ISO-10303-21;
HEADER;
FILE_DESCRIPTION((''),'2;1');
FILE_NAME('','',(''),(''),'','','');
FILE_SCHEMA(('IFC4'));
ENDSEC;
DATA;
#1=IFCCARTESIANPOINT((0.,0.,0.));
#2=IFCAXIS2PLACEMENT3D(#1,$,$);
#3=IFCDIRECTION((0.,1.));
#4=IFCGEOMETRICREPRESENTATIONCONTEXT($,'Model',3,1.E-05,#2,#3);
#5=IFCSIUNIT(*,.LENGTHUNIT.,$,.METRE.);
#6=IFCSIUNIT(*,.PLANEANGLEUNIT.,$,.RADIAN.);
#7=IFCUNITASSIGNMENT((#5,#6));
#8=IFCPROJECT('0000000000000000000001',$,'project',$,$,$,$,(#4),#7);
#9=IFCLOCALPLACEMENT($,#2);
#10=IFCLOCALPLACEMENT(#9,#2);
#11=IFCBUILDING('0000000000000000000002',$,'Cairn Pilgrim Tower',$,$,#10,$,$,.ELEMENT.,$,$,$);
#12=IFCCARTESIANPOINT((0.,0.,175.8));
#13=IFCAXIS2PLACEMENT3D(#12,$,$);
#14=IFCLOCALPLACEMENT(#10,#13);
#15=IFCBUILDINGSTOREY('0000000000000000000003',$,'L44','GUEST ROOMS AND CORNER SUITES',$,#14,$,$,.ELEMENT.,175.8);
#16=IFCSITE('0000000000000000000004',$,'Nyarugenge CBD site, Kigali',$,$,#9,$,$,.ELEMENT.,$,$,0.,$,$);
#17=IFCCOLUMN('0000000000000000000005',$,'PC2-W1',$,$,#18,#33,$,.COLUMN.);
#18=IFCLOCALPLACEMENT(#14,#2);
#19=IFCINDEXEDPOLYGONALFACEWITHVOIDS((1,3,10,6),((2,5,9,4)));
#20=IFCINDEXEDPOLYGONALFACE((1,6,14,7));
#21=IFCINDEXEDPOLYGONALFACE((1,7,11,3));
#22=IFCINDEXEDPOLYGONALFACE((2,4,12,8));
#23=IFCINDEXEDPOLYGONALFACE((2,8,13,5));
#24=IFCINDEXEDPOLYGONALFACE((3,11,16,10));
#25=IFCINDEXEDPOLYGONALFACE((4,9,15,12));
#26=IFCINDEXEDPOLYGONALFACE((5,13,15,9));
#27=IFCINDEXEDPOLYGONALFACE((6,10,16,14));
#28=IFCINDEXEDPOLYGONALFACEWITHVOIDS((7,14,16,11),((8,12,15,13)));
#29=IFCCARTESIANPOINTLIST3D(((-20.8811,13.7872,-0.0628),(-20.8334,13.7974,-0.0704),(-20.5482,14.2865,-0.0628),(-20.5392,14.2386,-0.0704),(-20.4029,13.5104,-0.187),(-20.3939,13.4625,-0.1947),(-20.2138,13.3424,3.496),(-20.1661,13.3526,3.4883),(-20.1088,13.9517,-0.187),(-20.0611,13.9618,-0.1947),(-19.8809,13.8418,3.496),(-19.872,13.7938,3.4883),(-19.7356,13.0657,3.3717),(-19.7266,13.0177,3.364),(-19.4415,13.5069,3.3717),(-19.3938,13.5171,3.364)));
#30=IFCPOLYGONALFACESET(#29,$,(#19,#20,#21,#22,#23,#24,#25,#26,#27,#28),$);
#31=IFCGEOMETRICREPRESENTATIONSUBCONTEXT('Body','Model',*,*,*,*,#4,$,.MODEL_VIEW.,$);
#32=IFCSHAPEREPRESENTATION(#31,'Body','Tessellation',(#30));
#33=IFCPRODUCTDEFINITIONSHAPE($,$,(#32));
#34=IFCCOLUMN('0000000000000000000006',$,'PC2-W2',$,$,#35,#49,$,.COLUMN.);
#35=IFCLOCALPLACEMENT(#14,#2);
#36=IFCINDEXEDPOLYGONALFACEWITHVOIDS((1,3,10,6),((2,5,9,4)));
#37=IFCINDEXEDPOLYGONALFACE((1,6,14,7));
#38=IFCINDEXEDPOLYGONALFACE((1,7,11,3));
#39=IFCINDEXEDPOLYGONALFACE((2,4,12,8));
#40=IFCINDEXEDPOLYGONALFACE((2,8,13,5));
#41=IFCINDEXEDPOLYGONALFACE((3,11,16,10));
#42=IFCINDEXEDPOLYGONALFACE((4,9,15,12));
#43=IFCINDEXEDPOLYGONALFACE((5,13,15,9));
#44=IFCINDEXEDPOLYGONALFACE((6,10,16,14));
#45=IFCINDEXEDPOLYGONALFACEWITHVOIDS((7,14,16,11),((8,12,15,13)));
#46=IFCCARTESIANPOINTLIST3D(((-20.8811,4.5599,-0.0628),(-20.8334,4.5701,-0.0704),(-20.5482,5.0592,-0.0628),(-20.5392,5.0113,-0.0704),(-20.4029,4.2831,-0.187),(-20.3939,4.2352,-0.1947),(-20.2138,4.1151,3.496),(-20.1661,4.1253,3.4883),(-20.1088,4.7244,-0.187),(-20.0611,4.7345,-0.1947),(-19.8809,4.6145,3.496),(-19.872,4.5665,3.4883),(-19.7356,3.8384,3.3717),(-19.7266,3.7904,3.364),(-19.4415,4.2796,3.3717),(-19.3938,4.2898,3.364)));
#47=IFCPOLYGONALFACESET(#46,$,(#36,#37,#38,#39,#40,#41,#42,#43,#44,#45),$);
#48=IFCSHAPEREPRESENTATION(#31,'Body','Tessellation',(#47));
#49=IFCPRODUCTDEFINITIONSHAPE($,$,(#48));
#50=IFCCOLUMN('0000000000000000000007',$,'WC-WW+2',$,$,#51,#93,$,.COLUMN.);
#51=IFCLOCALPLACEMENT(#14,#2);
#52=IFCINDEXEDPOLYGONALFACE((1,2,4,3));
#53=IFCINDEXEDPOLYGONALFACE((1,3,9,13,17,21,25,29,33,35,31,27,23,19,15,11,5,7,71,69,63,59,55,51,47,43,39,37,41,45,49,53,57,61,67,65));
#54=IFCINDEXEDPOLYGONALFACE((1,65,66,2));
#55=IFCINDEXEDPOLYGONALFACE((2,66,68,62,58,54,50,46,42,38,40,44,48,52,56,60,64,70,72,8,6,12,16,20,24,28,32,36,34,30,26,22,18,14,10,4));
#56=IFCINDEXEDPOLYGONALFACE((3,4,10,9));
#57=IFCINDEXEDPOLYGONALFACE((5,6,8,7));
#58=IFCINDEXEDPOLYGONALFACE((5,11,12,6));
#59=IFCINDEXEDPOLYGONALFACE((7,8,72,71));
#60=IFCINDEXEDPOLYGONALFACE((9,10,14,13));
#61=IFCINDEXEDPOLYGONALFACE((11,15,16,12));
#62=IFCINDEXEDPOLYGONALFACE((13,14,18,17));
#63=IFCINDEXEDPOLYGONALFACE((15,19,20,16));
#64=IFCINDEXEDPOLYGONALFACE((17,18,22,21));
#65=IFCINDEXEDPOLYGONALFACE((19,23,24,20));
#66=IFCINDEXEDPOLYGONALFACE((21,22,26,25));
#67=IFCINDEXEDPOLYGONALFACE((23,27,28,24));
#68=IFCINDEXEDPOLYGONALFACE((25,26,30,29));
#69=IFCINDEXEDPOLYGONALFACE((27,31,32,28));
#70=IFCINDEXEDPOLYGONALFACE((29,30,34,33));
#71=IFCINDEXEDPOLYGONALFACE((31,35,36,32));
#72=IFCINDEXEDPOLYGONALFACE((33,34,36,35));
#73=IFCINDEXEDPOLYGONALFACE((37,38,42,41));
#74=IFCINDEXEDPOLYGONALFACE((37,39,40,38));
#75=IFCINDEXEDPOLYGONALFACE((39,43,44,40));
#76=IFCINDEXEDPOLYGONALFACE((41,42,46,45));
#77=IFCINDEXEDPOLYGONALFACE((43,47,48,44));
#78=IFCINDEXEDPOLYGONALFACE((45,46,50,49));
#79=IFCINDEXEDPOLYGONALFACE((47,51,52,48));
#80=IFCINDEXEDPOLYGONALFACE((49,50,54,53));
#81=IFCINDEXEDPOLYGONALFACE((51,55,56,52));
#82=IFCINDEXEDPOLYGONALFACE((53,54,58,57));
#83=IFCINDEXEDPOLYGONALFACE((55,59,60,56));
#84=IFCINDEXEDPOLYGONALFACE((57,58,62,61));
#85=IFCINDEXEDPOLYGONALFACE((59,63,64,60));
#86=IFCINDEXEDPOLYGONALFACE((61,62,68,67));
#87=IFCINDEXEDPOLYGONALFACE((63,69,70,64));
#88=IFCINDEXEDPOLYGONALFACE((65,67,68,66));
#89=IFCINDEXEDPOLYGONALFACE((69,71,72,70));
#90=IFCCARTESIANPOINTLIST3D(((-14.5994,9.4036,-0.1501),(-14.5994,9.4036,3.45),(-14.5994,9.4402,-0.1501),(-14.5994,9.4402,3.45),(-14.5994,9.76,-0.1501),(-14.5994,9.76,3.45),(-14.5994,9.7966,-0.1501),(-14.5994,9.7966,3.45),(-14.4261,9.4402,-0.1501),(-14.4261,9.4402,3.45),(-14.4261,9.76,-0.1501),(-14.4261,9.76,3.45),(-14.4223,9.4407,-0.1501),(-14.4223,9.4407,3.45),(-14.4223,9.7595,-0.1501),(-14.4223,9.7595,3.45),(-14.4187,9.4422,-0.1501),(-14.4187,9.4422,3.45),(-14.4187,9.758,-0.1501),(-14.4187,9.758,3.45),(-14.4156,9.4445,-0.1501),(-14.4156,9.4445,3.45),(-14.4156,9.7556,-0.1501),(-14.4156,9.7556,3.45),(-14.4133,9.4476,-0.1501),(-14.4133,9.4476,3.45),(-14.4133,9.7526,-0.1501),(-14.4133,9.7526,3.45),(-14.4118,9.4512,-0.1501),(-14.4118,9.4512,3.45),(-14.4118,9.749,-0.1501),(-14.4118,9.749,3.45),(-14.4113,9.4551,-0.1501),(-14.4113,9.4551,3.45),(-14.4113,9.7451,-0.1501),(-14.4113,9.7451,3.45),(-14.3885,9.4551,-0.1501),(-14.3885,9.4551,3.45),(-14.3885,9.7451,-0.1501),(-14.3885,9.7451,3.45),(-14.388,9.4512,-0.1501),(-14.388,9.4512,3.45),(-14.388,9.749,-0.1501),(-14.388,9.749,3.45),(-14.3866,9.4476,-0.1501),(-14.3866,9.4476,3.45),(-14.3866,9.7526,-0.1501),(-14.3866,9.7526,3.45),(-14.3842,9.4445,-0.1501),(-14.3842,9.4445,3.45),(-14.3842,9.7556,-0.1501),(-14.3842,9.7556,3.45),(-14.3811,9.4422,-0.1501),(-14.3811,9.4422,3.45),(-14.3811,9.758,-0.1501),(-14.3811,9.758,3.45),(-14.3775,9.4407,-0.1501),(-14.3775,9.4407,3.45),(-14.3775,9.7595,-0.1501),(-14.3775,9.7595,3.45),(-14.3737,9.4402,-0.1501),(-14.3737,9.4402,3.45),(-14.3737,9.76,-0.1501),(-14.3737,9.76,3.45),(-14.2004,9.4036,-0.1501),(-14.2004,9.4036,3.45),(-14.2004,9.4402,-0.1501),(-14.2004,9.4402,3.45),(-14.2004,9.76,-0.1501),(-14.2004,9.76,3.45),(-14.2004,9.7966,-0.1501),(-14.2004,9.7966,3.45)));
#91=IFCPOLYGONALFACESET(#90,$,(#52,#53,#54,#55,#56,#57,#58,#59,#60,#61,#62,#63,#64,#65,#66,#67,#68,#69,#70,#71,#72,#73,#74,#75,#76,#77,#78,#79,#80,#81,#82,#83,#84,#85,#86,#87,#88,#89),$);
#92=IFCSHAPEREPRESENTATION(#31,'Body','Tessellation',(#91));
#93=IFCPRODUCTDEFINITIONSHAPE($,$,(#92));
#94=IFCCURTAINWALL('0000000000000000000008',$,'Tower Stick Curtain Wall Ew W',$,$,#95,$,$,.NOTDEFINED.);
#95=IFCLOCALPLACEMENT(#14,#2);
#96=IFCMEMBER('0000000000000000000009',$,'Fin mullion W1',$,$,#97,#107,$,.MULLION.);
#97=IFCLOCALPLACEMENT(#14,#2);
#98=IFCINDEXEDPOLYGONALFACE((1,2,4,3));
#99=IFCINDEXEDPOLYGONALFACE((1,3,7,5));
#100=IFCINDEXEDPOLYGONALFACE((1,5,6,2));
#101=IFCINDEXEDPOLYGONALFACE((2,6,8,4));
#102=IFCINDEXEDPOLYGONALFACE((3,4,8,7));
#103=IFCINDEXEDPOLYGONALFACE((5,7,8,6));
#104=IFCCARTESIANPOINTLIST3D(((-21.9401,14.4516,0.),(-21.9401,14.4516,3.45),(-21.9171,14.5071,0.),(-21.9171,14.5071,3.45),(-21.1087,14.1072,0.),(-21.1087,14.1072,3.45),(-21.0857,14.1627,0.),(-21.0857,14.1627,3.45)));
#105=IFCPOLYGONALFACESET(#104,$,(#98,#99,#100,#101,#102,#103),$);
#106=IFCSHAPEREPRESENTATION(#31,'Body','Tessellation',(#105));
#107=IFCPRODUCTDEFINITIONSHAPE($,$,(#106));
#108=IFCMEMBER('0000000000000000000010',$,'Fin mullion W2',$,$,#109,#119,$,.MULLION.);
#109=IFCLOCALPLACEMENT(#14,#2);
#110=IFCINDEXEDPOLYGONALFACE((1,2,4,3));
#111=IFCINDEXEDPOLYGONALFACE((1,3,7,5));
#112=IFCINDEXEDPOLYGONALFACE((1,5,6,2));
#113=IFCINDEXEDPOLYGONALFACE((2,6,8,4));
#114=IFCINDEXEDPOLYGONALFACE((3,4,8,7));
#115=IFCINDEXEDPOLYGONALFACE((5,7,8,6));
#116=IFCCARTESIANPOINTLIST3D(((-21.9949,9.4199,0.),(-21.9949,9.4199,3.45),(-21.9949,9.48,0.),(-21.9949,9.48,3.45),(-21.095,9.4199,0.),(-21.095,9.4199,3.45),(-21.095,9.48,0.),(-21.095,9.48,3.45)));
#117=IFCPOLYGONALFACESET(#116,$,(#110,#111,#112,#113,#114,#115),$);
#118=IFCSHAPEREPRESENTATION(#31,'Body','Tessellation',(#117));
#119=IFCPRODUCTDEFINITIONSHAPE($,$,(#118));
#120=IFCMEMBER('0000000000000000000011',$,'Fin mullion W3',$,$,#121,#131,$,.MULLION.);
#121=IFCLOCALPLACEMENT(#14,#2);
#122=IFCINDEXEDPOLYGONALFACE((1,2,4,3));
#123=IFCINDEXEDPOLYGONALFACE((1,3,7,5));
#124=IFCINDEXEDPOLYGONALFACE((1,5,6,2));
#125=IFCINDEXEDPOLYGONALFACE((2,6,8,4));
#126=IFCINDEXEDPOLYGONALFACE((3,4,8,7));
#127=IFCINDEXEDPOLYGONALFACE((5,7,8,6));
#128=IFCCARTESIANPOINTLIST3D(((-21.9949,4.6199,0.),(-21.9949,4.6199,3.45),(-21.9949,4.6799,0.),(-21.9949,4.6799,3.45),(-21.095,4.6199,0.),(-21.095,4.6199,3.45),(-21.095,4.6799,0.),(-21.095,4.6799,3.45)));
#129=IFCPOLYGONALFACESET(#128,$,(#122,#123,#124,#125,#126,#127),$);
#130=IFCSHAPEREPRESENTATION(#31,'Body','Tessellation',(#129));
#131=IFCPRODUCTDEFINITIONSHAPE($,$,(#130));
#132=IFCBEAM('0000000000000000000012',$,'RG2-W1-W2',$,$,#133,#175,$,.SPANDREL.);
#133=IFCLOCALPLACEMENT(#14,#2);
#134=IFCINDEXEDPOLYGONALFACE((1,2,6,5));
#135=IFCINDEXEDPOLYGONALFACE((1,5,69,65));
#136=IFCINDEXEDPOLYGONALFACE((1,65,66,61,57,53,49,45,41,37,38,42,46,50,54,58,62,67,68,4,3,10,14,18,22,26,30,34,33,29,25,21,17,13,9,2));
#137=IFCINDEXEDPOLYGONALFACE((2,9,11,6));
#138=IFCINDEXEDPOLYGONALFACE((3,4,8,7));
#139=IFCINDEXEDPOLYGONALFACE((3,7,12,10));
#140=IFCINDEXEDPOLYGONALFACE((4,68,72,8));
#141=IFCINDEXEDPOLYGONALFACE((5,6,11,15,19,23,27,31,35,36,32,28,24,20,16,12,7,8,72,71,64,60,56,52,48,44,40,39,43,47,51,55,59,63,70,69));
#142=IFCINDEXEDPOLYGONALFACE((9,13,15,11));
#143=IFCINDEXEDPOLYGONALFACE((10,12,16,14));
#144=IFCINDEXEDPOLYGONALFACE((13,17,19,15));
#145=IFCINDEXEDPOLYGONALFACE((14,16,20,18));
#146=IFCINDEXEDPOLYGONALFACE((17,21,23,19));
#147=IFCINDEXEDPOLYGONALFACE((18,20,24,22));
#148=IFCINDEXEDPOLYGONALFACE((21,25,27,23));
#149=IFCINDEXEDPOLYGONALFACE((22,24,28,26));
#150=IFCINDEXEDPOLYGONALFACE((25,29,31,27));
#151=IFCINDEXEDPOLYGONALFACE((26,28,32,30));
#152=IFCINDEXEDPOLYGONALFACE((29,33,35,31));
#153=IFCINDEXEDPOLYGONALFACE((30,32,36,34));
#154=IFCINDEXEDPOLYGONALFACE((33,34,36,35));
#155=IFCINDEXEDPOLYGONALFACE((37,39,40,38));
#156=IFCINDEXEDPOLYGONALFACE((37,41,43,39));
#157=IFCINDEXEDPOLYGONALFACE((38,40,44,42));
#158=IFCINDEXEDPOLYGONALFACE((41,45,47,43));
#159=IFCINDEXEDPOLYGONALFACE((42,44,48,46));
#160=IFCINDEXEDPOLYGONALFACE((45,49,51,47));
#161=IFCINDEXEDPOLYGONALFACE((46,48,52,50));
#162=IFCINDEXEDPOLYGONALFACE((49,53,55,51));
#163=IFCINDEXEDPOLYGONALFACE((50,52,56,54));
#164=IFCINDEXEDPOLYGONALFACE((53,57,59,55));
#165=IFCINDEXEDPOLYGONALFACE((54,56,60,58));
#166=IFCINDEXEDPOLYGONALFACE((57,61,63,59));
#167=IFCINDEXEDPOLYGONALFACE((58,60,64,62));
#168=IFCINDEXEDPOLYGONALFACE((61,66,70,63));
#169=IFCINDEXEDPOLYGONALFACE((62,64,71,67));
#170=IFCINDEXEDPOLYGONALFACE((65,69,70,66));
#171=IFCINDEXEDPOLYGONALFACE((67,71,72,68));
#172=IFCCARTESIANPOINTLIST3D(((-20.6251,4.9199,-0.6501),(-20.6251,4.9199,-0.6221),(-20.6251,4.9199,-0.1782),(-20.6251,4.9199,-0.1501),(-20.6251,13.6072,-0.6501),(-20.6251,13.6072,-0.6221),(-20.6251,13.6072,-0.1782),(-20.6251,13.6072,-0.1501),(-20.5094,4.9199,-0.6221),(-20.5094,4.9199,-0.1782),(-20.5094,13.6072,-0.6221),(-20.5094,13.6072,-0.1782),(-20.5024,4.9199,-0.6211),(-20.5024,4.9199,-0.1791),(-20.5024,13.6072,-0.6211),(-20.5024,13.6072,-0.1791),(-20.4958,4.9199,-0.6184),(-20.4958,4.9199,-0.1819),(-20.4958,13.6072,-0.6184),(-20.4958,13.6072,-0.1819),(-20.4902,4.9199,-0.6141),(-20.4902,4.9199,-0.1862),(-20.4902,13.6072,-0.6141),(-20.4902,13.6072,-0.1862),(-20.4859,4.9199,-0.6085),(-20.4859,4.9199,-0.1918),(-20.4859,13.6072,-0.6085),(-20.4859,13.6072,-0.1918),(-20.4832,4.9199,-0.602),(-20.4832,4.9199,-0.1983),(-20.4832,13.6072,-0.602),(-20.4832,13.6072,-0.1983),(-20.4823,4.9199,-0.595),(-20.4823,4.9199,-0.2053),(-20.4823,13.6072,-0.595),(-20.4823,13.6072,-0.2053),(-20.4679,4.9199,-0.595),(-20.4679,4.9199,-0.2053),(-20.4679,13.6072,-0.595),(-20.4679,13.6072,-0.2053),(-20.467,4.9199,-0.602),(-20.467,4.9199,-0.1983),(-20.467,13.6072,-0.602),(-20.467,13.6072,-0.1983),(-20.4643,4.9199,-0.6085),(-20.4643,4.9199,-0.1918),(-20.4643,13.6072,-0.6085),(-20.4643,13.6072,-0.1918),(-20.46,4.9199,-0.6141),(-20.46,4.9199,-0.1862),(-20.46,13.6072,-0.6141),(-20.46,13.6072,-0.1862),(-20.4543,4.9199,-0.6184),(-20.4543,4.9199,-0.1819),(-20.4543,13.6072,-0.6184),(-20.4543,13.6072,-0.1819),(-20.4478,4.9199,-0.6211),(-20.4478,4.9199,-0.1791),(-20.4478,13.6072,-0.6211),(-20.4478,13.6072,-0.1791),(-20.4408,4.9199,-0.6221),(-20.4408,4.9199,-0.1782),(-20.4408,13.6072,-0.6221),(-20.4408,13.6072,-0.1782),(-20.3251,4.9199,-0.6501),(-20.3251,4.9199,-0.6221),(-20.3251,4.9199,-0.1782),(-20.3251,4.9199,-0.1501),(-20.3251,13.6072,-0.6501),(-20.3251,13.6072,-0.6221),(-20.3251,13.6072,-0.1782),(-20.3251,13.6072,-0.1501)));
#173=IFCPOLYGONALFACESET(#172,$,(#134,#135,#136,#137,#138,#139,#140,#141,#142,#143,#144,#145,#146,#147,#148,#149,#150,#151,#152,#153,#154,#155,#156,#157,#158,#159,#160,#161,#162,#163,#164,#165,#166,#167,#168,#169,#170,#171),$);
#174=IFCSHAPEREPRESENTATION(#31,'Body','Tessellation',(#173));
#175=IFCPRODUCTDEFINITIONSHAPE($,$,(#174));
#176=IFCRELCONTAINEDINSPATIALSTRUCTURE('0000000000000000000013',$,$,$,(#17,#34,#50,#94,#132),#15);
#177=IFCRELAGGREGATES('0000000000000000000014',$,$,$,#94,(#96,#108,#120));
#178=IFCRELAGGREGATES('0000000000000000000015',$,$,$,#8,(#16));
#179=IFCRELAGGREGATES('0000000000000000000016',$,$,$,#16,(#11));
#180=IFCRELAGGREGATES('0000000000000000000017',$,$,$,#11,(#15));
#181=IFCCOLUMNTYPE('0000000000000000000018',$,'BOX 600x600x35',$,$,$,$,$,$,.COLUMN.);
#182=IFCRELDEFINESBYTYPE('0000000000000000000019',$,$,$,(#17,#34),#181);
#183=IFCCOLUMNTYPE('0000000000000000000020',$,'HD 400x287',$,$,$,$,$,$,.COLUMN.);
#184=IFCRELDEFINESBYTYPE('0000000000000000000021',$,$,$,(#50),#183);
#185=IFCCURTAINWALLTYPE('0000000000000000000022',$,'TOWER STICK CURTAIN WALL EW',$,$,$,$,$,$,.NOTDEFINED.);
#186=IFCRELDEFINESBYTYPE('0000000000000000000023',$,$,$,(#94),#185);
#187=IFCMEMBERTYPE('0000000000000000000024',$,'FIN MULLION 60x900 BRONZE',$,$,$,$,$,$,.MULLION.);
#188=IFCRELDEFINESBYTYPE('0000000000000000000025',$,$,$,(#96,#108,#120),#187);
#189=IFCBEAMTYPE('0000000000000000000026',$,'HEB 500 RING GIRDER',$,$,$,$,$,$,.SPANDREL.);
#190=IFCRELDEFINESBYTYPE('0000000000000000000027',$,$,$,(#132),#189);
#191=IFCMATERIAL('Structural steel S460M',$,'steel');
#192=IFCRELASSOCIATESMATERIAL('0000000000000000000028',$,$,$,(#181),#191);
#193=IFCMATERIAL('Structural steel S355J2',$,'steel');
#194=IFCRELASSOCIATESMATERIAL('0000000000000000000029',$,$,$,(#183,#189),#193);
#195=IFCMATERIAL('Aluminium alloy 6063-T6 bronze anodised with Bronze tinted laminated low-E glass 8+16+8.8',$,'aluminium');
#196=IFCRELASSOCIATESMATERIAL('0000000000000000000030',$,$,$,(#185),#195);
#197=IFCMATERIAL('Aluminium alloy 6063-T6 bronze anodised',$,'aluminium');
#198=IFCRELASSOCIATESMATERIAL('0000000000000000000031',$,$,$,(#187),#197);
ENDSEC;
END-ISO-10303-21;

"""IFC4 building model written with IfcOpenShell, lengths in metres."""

from ifc_helpers import new_model, si_unit, direction, frame, origin, origin_2d, place, context, subcontext, project, spatial, rectangle, hollow_rectangle, i_section, extrude, clip, halfspace, material, material_profile, profile_set, type_object, element, aggregate, save


model = new_model("IFC4")

# Units and contexts
model_context = context("Model", 3, precision=1e-05, world=origin(), true_north=direction((0.0, 1.0)))
body_context = subcontext(model_context, "Body", "Model", "MODEL_VIEW")
ifc_project = project(units=[si_unit("LENGTHUNIT", "METRE"), si_unit("PLANEANGLEUNIT", "RADIAN")], contexts=[model_context])

# Site, building, storey
site_placement = place(None, origin())
site = spatial("IfcSite", under=ifc_project, at=site_placement, Name="Nyarugenge CBD site, Kigali", CompositionType="ELEMENT", RefElevation=0.0)
building_placement = place(site_placement, origin())
building = spatial("IfcBuilding", under=site, at=building_placement, Name="Cairn Pilgrim Tower", CompositionType="ELEMENT")
storey_placement = place(building_placement, frame((0.0, 0.0, 175.8)))
storey = spatial("IfcBuildingStorey", under=building, at=storey_placement, Name="L44", Description="GUEST ROOMS AND CORNER SUITES", CompositionType="ELEMENT", Elevation=175.8)

# Columns
ifc_material_1 = material(Name="Structural steel S460M", Category="steel")
ifc_material_profile_1 = material_profile(ifc_material_1, hollow_rectangle(XDim=0.6001, YDim=0.6001, WallThickness=0.0349, at=origin_2d()), Name="BOX 600x600x35")
ifc_profile_set_1 = profile_set([ifc_material_profile_1], Name="Structural steel S460M")
column_type_1 = type_object("IfcColumnType", Name="BOX 600x600x35", PredefinedType="COLUMN", material=ifc_profile_set_1)
for number, where, z_axis, x_axis, name in (
    (1, (-20.4751, 13.8772, -0.1501), (0.182922, -0.121926, 0.975538), (0.554631, 0.832097, 0.0), "PC2-W1"),
    (2, (-20.4751, 4.6499, -0.1501), (0.182922, -0.121926, 0.975538), (0.554631, 0.832097, 0.0), "PC2-W2"),
):
    element("IfcColumn", number, at=place(storey_placement, frame(where, z_axis=z_axis, x_axis=x_axis)), inside=storey, type_object=column_type_1, Name=name, PredefinedType="COLUMN", context=body_context, shape_type="Clipping", body=[
        clip(clip(extrude(hollow_rectangle(XDim=0.6001, YDim=0.6001, WallThickness=0.0349, at=origin_2d()), origin(), (0.0, 0.0, 1.0), 3.6904), halfspace(frame((0.0, 0.0, 0.022), z_axis=(0.0, 0.0, 1.0), x_axis=(1.0, 0.0, 0.0)), True)), halfspace(frame((0.0, 0.0, 3.6699), z_axis=(0.0, 0.0, 1.0), x_axis=(1.0, 0.0, 0.0)), False)),
    ])
ifc_material_2 = material(Name="Structural steel S355J2", Category="steel")
ifc_material_profile_2 = material_profile(ifc_material_2, i_section(OverallWidth=0.3989, OverallDepth=0.3931, WebThickness=0.0227, FlangeThickness=0.0366, FilletRadius=0.0149, at=origin_2d()), Name="HD 400x287")
ifc_profile_set_2 = profile_set([ifc_material_profile_2], Name="Structural steel S355J2")
column_type_2 = type_object("IfcColumnType", Name="HD 400x287", PredefinedType="COLUMN", material=ifc_profile_set_2)
column_placement = place(storey_placement, frame((-14.3999, 9.6001, -0.1501), z_axis=(0.0, 0.0, 1.0), x_axis=(1.0, 0.0, 0.0)))
element("IfcColumn", 3, at=column_placement, inside=storey, type_object=column_type_2, Name="WC-WW+2", PredefinedType="COLUMN", context=body_context, shape_type="SweptSolid", body=[
    extrude(i_section(OverallWidth=0.3989, OverallDepth=0.3931, WebThickness=0.0227, FlangeThickness=0.0366, FilletRadius=0.0149, at=origin_2d()), origin(), (0.0, 0.0, 1.0), 3.6001),
])

# Curtain wall, members
ifc_material_3 = material(Name="Aluminium alloy 6063-T6 bronze anodised with Bronze tinted laminated low-E glass 8+16+8.8", Category="aluminium")
curtain_wall_type = type_object("IfcCurtainWallType", Name="TOWER STICK CURTAIN WALL EW", PredefinedType="NOTDEFINED", material=ifc_material_3)
curtain_wall_placement = place(storey_placement, origin())
curtain_wall = element("IfcCurtainWall", 4, at=curtain_wall_placement, inside=storey, type_object=curtain_wall_type, Name="Tower Stick Curtain Wall Ew W", PredefinedType="NOTDEFINED")
ifc_material_4 = material(Name="Aluminium alloy 6063-T6 bronze anodised", Category="aluminium")
ifc_material_profile_3 = material_profile(ifc_material_4, rectangle(XDim=0.8999, YDim=0.0601, at=origin_2d()), Name="FIN MULLION 60x900 BRONZE")
ifc_profile_set_3 = profile_set([ifc_material_profile_3], Name="Aluminium alloy 6063-T6 bronze anodised")
member_type_1 = type_object("IfcMemberType", Name="FIN MULLION 60x900 BRONZE", PredefinedType="MULLION", material=ifc_profile_set_3)
member_1_placement = place(storey_placement, frame((-21.5129, 14.3071, 0.0), z_axis=(0.0, 0.0, 1.0), x_axis=(-0.92388, 0.382683, 0.0)))
member_1 = element("IfcMember", 5, at=member_1_placement, type_object=member_type_1, Name="Fin mullion W1", PredefinedType="MULLION", context=body_context, shape_type="SweptSolid", body=[
    extrude(rectangle(XDim=0.8999, YDim=0.0601, at=origin_2d()), origin(), (0.0, 0.0, 1.0), 3.45),
])
member_2_placement = place(storey_placement, frame((-21.5449, 9.45, 0.0), z_axis=(0.0, 0.0, 1.0), x_axis=(-1.0, 0.0, 0.0)))
member_2 = element("IfcMember", 6, at=member_2_placement, type_object=member_type_1, Name="Fin mullion W2", PredefinedType="MULLION", context=body_context, shape_type="SweptSolid", body=[
    extrude(rectangle(XDim=0.8999, YDim=0.0601, at=origin_2d()), origin(), (0.0, 0.0, 1.0), 3.45),
])
member_3_placement = place(storey_placement, frame((-21.5449, 4.6499, 0.0), z_axis=(0.0, 0.0, 1.0), x_axis=(-1.0, 0.0, 0.0)))
member_3 = element("IfcMember", 7, at=member_3_placement, type_object=member_type_1, Name="Fin mullion W3", PredefinedType="MULLION", context=body_context, shape_type="SweptSolid", body=[
    extrude(rectangle(XDim=0.8999, YDim=0.0601, at=origin_2d()), origin(), (0.0, 0.0, 1.0), 3.45),
])

# Beam
ifc_material_profile_4 = material_profile(ifc_material_2, i_section(OverallWidth=0.3, OverallDepth=0.5, WebThickness=0.0144, FlangeThickness=0.0281, FilletRadius=0.0271, at=origin_2d()), Name="HEB 500")
ifc_profile_set_4 = profile_set([ifc_material_profile_4], Name="Structural steel S355J2")
beam_type_1 = type_object("IfcBeamType", Name="HEB 500 RING GIRDER", PredefinedType="SPANDREL", material=ifc_profile_set_4)
beam_1_placement = place(storey_placement, frame((-20.4751, 13.6072, -0.4001), z_axis=(0.0, -1.0, 0.0), x_axis=(1.0, 0.0, 0.0)))
element("IfcBeam", 8, at=beam_1_placement, inside=storey, type_object=beam_type_1, Name="RG2-W1-W2", PredefinedType="SPANDREL", context=body_context, shape_type="SweptSolid", body=[
    extrude(i_section(OverallWidth=0.3, OverallDepth=0.5, WebThickness=0.0144, FlangeThickness=0.0281, FilletRadius=0.0271, at=origin_2d()), origin(), (0.0, 0.0, 1.0), 8.6873),
])

aggregate(curtain_wall, [member_1, member_2, member_3])

save(model, "model.ifc")
